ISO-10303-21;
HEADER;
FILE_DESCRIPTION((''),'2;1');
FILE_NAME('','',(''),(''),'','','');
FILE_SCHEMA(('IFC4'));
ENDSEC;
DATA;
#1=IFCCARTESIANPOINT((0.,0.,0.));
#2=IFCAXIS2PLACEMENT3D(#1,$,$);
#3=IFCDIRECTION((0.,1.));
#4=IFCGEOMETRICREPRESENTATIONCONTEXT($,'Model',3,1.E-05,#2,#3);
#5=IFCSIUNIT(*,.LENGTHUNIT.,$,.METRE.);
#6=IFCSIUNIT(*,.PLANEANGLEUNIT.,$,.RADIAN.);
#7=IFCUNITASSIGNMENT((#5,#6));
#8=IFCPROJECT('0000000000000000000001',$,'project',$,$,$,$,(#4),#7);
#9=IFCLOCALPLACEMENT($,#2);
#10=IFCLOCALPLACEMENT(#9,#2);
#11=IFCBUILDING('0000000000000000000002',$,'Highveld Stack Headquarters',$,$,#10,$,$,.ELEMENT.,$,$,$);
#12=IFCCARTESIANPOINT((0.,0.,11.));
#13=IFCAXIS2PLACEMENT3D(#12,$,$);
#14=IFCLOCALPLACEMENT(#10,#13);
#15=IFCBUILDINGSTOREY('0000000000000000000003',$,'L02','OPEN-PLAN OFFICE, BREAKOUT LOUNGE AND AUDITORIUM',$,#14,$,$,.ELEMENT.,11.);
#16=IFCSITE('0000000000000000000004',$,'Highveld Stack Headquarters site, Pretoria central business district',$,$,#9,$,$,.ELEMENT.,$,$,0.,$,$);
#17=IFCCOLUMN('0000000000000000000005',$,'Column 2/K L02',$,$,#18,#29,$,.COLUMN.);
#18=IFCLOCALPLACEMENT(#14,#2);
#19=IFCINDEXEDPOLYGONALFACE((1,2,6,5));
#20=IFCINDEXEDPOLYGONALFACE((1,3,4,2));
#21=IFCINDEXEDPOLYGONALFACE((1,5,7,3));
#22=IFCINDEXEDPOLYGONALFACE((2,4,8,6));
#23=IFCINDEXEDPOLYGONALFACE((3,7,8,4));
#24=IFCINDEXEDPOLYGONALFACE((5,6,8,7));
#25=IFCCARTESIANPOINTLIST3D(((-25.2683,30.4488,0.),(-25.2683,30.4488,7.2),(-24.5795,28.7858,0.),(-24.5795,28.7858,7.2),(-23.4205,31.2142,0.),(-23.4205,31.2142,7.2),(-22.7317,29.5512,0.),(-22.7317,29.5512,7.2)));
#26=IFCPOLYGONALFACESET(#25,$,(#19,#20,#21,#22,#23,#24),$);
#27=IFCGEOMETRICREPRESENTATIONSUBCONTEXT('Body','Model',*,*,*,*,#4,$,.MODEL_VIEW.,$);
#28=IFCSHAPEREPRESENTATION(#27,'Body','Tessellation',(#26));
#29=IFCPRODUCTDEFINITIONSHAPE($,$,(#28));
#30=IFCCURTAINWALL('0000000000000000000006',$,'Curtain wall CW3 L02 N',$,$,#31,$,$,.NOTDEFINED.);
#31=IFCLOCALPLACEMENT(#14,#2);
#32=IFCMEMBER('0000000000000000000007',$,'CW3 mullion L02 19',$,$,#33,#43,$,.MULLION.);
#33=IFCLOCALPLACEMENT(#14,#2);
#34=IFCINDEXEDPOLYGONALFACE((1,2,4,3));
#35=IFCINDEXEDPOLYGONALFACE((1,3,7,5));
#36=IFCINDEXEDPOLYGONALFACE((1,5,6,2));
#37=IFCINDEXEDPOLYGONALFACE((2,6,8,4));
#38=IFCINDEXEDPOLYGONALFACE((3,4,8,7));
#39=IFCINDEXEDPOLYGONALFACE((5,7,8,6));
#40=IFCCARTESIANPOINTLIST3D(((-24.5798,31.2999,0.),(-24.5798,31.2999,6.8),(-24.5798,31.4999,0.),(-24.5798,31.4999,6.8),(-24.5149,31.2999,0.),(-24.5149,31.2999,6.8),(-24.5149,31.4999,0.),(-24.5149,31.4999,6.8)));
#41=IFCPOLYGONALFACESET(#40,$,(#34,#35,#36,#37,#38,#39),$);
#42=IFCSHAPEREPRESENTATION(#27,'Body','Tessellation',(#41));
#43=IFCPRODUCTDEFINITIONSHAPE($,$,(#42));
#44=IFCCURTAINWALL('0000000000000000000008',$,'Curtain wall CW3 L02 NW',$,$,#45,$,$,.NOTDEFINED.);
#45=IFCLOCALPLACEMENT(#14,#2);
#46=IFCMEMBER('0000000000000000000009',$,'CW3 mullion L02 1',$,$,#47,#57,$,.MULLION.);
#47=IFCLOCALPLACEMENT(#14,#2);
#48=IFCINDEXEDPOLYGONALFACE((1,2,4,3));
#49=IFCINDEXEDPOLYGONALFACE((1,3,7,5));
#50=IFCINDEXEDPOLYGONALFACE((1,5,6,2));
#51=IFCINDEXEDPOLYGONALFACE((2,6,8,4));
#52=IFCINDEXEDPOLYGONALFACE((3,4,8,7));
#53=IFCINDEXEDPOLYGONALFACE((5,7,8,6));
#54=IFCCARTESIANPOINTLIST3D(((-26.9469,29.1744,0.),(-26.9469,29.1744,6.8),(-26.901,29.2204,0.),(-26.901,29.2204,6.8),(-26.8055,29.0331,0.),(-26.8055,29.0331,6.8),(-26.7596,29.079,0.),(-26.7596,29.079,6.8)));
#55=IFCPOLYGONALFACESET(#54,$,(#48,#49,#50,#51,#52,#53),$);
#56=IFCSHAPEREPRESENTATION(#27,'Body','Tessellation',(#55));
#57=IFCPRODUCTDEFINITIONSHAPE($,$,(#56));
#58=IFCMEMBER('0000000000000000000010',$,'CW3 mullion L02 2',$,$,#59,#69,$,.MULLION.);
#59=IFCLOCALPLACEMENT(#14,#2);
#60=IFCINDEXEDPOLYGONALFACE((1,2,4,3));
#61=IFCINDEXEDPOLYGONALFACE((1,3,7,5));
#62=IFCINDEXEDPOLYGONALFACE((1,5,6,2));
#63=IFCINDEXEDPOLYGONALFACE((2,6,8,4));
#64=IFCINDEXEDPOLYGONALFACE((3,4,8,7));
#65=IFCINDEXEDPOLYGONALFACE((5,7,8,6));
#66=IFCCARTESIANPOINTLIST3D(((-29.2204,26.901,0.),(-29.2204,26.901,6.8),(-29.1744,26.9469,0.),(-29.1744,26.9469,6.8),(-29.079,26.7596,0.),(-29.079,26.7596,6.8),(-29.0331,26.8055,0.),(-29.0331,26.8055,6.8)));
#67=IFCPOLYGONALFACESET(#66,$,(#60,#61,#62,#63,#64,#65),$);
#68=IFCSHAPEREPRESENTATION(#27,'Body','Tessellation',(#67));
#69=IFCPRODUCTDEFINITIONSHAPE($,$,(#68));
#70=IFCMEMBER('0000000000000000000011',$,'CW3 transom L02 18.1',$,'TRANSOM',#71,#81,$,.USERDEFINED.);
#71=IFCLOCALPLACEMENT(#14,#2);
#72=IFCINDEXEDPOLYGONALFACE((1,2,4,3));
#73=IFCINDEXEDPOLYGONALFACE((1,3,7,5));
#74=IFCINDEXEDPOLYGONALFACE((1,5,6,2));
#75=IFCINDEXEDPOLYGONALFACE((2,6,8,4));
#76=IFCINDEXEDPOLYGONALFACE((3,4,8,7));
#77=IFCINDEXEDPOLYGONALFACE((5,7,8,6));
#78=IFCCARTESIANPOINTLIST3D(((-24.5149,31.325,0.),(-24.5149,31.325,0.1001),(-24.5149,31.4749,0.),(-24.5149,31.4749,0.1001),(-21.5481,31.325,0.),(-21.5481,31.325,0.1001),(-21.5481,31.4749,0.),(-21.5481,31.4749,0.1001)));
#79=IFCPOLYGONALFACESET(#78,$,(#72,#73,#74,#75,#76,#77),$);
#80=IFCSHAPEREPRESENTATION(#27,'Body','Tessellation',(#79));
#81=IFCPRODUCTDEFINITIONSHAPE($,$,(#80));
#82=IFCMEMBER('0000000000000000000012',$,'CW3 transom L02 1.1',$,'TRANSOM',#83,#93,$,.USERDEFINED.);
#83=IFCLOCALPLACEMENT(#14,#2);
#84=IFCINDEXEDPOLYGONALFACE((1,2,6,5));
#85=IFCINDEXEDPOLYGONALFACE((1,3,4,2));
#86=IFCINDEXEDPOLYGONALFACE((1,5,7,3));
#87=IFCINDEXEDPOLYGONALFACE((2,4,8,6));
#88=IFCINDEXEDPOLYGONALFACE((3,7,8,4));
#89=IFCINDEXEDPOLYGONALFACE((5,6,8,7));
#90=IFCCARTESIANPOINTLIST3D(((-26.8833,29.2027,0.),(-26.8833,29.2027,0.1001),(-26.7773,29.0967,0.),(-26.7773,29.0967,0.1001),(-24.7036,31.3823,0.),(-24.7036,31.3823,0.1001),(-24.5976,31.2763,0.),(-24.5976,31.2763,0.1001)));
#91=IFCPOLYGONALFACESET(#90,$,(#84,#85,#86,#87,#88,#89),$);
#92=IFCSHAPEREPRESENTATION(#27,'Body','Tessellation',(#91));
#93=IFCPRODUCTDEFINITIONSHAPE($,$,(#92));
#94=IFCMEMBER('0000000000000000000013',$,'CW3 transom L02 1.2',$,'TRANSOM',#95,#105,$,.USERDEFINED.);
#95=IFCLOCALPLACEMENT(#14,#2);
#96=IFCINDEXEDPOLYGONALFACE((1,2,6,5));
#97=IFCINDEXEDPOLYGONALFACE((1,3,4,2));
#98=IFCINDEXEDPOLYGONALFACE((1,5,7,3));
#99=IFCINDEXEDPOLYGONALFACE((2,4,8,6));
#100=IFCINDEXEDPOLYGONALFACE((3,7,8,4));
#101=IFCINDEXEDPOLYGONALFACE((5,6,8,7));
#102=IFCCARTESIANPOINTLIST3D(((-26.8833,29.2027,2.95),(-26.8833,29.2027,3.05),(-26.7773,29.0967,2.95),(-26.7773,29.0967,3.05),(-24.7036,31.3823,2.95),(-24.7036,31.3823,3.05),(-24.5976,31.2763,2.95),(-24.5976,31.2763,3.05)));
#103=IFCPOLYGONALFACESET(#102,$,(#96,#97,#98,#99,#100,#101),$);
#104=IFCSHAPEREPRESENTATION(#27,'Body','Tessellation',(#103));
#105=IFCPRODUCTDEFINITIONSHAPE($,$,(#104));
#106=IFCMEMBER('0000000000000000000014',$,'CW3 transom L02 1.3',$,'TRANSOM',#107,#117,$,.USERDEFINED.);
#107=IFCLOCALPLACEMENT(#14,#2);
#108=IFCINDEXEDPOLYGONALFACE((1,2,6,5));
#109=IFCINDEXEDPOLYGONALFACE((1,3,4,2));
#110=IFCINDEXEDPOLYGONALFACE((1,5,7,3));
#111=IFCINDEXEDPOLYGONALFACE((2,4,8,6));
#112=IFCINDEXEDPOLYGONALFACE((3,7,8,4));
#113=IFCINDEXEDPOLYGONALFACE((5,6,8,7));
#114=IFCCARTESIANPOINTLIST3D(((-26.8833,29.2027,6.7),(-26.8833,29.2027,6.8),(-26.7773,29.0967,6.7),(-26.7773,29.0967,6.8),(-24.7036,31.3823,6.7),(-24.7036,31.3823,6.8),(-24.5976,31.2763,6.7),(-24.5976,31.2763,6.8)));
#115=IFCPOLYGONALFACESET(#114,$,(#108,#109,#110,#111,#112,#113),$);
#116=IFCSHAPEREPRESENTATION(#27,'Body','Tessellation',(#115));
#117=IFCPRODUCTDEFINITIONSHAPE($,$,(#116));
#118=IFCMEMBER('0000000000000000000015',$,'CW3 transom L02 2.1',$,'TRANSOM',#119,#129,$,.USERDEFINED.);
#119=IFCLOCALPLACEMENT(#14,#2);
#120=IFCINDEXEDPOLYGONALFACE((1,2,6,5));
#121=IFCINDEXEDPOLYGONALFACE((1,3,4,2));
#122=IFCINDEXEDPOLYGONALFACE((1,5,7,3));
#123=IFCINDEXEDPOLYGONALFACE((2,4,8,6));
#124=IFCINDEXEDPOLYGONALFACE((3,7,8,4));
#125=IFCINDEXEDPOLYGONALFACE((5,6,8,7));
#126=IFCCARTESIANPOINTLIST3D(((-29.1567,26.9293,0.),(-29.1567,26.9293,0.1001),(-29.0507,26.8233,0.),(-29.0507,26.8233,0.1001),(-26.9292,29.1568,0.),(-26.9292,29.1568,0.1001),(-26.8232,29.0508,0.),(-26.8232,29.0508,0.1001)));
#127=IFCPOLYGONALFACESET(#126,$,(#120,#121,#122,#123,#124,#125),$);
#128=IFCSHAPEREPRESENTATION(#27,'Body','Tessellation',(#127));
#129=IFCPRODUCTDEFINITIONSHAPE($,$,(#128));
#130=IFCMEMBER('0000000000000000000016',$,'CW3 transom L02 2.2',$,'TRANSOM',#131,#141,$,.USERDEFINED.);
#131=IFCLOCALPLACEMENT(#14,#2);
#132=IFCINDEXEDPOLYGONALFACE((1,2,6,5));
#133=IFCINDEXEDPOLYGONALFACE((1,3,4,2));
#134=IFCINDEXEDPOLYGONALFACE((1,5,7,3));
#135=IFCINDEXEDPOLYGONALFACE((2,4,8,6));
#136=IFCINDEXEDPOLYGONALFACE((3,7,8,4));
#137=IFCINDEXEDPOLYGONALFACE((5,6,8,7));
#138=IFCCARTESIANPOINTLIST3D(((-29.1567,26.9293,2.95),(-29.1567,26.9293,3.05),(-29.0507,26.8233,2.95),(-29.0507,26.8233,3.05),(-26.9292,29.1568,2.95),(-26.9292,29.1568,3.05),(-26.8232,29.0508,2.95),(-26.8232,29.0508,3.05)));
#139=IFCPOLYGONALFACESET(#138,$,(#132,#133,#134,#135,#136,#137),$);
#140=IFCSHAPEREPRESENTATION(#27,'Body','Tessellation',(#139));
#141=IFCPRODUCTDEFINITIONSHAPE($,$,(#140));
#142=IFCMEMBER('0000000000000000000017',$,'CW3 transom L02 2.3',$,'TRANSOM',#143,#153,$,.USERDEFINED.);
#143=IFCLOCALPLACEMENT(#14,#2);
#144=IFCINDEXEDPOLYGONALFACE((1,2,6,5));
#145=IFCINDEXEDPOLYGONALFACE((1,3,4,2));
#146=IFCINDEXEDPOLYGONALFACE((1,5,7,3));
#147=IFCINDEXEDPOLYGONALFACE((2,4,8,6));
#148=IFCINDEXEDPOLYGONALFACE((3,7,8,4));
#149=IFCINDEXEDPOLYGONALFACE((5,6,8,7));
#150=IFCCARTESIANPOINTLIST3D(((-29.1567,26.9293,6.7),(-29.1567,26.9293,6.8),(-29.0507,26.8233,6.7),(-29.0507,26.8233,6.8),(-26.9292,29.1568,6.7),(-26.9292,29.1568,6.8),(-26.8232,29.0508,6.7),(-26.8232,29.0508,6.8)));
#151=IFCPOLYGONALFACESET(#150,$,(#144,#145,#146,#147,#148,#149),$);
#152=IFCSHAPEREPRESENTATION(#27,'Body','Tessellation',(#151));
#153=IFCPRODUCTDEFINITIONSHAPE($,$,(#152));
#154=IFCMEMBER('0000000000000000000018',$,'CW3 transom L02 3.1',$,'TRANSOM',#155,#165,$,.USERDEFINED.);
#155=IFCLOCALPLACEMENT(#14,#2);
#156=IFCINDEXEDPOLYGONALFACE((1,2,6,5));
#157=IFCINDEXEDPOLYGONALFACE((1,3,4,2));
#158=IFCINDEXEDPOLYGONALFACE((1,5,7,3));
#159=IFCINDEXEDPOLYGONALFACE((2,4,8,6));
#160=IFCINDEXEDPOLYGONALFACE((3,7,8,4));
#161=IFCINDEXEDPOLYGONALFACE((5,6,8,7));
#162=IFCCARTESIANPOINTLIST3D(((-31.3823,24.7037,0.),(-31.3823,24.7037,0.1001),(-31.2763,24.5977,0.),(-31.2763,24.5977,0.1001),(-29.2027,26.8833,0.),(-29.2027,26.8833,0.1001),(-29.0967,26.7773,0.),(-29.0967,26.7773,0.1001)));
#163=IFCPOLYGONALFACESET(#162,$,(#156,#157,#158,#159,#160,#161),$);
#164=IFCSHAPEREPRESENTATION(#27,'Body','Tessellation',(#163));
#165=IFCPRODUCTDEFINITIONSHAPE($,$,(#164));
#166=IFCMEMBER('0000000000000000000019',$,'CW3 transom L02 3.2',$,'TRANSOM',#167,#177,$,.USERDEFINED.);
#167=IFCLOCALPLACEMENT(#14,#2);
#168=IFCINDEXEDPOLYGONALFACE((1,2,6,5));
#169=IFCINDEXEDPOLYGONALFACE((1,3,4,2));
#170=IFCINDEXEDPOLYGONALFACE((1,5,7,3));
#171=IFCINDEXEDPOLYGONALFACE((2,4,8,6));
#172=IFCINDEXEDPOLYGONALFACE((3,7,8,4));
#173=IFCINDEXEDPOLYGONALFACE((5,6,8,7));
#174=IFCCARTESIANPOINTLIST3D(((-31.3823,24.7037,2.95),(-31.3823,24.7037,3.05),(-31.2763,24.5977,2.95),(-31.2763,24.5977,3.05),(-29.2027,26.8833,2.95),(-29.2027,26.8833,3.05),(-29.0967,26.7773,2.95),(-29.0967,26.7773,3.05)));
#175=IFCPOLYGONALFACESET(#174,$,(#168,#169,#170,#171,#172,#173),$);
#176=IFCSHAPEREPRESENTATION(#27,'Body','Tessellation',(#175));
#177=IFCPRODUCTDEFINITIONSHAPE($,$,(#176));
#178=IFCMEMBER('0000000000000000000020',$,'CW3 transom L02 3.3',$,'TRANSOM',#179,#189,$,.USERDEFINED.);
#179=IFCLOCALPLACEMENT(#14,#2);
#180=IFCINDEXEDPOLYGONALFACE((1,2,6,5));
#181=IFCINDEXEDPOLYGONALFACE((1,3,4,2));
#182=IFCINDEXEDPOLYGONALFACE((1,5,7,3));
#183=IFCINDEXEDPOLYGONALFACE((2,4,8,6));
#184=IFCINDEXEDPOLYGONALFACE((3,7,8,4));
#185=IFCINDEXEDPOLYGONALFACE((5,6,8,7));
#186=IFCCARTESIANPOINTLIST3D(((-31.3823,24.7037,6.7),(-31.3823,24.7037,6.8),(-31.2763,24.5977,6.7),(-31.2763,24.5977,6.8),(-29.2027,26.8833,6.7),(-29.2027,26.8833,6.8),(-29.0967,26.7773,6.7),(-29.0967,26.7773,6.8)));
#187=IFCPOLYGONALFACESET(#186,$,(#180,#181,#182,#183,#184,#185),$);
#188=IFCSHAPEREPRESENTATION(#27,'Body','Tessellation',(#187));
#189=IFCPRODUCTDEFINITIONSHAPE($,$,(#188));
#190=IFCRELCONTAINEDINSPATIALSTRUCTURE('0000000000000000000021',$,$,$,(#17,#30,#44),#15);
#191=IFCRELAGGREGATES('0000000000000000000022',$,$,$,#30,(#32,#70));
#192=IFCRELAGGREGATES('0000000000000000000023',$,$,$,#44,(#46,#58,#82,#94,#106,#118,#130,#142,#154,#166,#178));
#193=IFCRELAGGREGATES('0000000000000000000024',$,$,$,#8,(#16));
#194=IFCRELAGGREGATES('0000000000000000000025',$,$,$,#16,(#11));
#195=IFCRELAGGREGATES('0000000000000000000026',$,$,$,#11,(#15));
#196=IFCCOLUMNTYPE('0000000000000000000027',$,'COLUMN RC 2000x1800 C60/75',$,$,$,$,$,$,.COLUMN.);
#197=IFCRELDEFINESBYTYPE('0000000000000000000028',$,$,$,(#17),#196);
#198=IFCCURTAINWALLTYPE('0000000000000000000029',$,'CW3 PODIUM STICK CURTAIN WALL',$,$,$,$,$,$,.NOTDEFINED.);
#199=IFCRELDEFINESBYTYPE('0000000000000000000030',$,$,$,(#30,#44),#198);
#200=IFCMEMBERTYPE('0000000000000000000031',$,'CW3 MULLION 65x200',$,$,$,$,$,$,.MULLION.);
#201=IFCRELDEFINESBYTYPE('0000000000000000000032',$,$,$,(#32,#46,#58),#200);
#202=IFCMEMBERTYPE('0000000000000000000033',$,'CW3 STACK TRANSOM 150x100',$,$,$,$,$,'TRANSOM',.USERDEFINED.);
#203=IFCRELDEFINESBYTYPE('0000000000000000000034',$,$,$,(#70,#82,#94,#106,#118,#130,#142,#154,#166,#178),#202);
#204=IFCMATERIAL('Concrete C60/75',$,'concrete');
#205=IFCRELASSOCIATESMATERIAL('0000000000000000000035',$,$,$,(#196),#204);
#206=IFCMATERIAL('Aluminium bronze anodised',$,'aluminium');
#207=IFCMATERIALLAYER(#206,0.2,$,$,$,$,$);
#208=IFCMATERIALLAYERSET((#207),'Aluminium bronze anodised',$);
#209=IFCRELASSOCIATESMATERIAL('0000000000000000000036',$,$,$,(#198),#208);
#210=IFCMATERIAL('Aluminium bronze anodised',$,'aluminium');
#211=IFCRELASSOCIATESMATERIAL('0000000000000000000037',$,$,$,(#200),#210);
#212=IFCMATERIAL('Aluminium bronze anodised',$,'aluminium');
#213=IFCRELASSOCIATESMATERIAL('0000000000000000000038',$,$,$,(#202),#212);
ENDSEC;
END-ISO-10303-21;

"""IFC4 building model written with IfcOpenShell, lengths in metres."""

from ifc_helpers import new_model, si_unit, direction, frame, origin, origin_2d, place, context, subcontext, project, spatial, rectangle, extrude, material, layer, layer_set, material_profile, profile_set, type_object, element, aggregate, save


model = new_model("IFC4")

# Units and contexts
model_context = context("Model", 3, precision=1e-05, world=origin(), true_north=direction((0.0, 1.0)))
body_context = subcontext(model_context, "Body", "Model", "MODEL_VIEW")
ifc_project = project(units=[si_unit("LENGTHUNIT", "METRE"), si_unit("PLANEANGLEUNIT", "RADIAN")], contexts=[model_context])

# Site, building, storey
site_placement = place(None, origin())
site = spatial("IfcSite", under=ifc_project, at=site_placement, Name="Highveld Stack Headquarters site, Pretoria central business district", CompositionType="ELEMENT", RefElevation=0.0)
building_placement = place(site_placement, origin())
building = spatial("IfcBuilding", under=site, at=building_placement, Name="Highveld Stack Headquarters", CompositionType="ELEMENT")
storey_placement = place(building_placement, frame((0.0, 0.0, 11.0)))
storey = spatial("IfcBuildingStorey", under=building, at=storey_placement, Name="L02", Description="OPEN-PLAN OFFICE, BREAKOUT LOUNGE AND AUDITORIUM", CompositionType="ELEMENT", Elevation=11.0)

# Column
ifc_material_1 = material(Name="Concrete C60/75", Category="concrete")
ifc_material_profile_1 = material_profile(ifc_material_1, rectangle(XDim=2.0, YDim=1.8, at=origin_2d()), Name="RC 2000x1800")
ifc_profile_set_1 = profile_set([ifc_material_profile_1], Name="Concrete C60/75")
column_type = type_object("IfcColumnType", Name="COLUMN RC 2000x1800 C60/75", PredefinedType="COLUMN", material=ifc_profile_set_1)
column_placement = place(storey_placement, frame((-24.0, 30.0, 0.0), z_axis=(0.0, 0.0, 1.0), x_axis=(0.92388, 0.382683, 0.0)))
element("IfcColumn", 1, at=column_placement, inside=storey, type_object=column_type, Name="Column 2/K L02", PredefinedType="COLUMN", context=body_context, shape_type="SweptSolid", body=[
    extrude(rectangle(XDim=2.0, YDim=1.8, at=origin_2d()), origin(), (0.0, 0.0, 1.0), 7.2),
])

# Curtain wall, member
ifc_material_2 = material(Name="Aluminium bronze anodised", Category="aluminium")
ifc_layer_1 = layer(ifc_material_2, 0.2)
ifc_layer_set_1 = layer_set([ifc_layer_1], Name="Aluminium bronze anodised")
curtain_wall_type = type_object("IfcCurtainWallType", Name="CW3 PODIUM STICK CURTAIN WALL", PredefinedType="NOTDEFINED", material=ifc_layer_set_1)
curtain_wall_1_placement = place(storey_placement, origin())
curtain_wall_1 = element("IfcCurtainWall", 2, at=curtain_wall_1_placement, inside=storey, type_object=curtain_wall_type, Name="Curtain wall CW3 L02 N", PredefinedType="NOTDEFINED")
ifc_material_3 = material(Name="Aluminium bronze anodised", Category="aluminium")
ifc_material_profile_2 = material_profile(ifc_material_3, rectangle(XDim=0.2, YDim=0.0649, at=origin_2d()), Name="CW3 MULLION 65x200")
ifc_profile_set_2 = profile_set([ifc_material_profile_2], Name="Aluminium bronze anodised")
member_type_1 = type_object("IfcMemberType", Name="CW3 MULLION 65x200", PredefinedType="MULLION", material=ifc_profile_set_2)
member_1_placement = place(storey_placement, frame((-24.5474, 31.3999, 0.0), z_axis=(0.0, 0.0, 1.0), x_axis=(0.0, -1.0, 0.0)))
member_1 = element("IfcMember", 3, at=member_1_placement, type_object=member_type_1, Name="CW3 mullion L02 19", PredefinedType="MULLION", context=body_context, shape_type="SweptSolid", body=[
    extrude(rectangle(XDim=0.2, YDim=0.0649, at=origin_2d()), origin(), (0.0, 0.0, 1.0), 6.8),
])

# Curtain wall, members
curtain_wall_2_placement = place(storey_placement, origin())
curtain_wall_2 = element("IfcCurtainWall", 4, at=curtain_wall_2_placement, inside=storey, type_object=curtain_wall_type, Name="Curtain wall CW3 L02 NW", PredefinedType="NOTDEFINED")
member_2_placement = place(storey_placement, frame((-26.8533, 29.1267, 0.0), z_axis=(0.0, 0.0, 1.0), x_axis=(0.707107, -0.707107, 0.0)))
member_2 = element("IfcMember", 5, at=member_2_placement, type_object=member_type_1, Name="CW3 mullion L02 1", PredefinedType="MULLION", context=body_context, shape_type="SweptSolid", body=[
    extrude(rectangle(XDim=0.2, YDim=0.0649, at=origin_2d()), origin(), (0.0, 0.0, 1.0), 6.8),
])
member_3_placement = place(storey_placement, frame((-29.1267, 26.8533, 0.0), z_axis=(0.0, 0.0, 1.0), x_axis=(0.707107, -0.707107, 0.0)))
member_3 = element("IfcMember", 6, at=member_3_placement, type_object=member_type_1, Name="CW3 mullion L02 2", PredefinedType="MULLION", context=body_context, shape_type="SweptSolid", body=[
    extrude(rectangle(XDim=0.2, YDim=0.0649, at=origin_2d()), origin(), (0.0, 0.0, 1.0), 6.8),
])

# Members
ifc_material_4 = material(Name="Aluminium bronze anodised", Category="aluminium")
ifc_material_profile_3 = material_profile(ifc_material_4, rectangle(XDim=0.1499, YDim=0.1001, at=origin_2d()), Name="CW3 TRANSOM 150x100")
ifc_profile_set_3 = profile_set([ifc_material_profile_3], Name="Aluminium bronze anodised")
member_type_2 = type_object("IfcMemberType", Name="CW3 STACK TRANSOM 150x100", ElementType="TRANSOM", PredefinedType="USERDEFINED", material=ifc_profile_set_3)
member_4_placement = place(storey_placement, frame((-21.5481, 31.3999, 0.05), z_axis=(-1.0, 0.0, 0.0), x_axis=(0.0, -1.0, 0.0)))
member_4 = element("IfcMember", 7, at=member_4_placement, type_object=member_type_2, Name="CW3 transom L02 18.1", ObjectType="TRANSOM", PredefinedType="USERDEFINED", context=body_context, shape_type="SweptSolid", body=[
    extrude(rectangle(XDim=0.1499, YDim=0.1001, at=origin_2d()), origin(), (0.0, 0.0, 1.0), 2.9668),
])
member_5_placement = place(storey_placement, frame((-24.6506, 31.3293, 0.05), z_axis=(-0.707107, -0.707107, 0.0), x_axis=(0.707107, -0.707107, 0.0)))
member_5 = element("IfcMember", 8, at=member_5_placement, type_object=member_type_2, Name="CW3 transom L02 1.1", ObjectType="TRANSOM", PredefinedType="USERDEFINED", context=body_context, shape_type="SweptSolid", body=[
    extrude(rectangle(XDim=0.1499, YDim=0.1001, at=origin_2d()), origin(), (0.0, 0.0, 1.0), 3.0825),
])
member_6_placement = place(storey_placement, frame((-24.6506, 31.3293, 3.0), z_axis=(-0.707107, -0.707107, 0.0), x_axis=(0.707107, -0.707107, 0.0)))
member_6 = element("IfcMember", 9, at=member_6_placement, type_object=member_type_2, Name="CW3 transom L02 1.2", ObjectType="TRANSOM", PredefinedType="USERDEFINED", context=body_context, shape_type="SweptSolid", body=[
    extrude(rectangle(XDim=0.1499, YDim=0.1001, at=origin_2d()), origin(), (0.0, 0.0, 1.0), 3.0825),
])
member_7_placement = place(storey_placement, frame((-24.6506, 31.3293, 6.75), z_axis=(-0.707107, -0.707107, 0.0), x_axis=(0.707107, -0.707107, 0.0)))
member_7 = element("IfcMember", 10, at=member_7_placement, type_object=member_type_2, Name="CW3 transom L02 1.3", ObjectType="TRANSOM", PredefinedType="USERDEFINED", context=body_context, shape_type="SweptSolid", body=[
    extrude(rectangle(XDim=0.1499, YDim=0.1001, at=origin_2d()), origin(), (0.0, 0.0, 1.0), 3.0825),
])
member_8_placement = place(storey_placement, frame((-26.8762, 29.1038, 0.05), z_axis=(-0.707107, -0.707107, 0.0), x_axis=(0.707107, -0.707107, 0.0)))
member_8 = element("IfcMember", 11, at=member_8_placement, type_object=member_type_2, Name="CW3 transom L02 2.1", ObjectType="TRANSOM", PredefinedType="USERDEFINED", context=body_context, shape_type="SweptSolid", body=[
    extrude(rectangle(XDim=0.1499, YDim=0.1001, at=origin_2d()), origin(), (0.0, 0.0, 1.0), 3.1501),
])
member_9_placement = place(storey_placement, frame((-26.8762, 29.1038, 3.0), z_axis=(-0.707107, -0.707107, 0.0), x_axis=(0.707107, -0.707107, 0.0)))
member_9 = element("IfcMember", 12, at=member_9_placement, type_object=member_type_2, Name="CW3 transom L02 2.2", ObjectType="TRANSOM", PredefinedType="USERDEFINED", context=body_context, shape_type="SweptSolid", body=[
    extrude(rectangle(XDim=0.1499, YDim=0.1001, at=origin_2d()), origin(), (0.0, 0.0, 1.0), 3.1501),
])
member_10_placement = place(storey_placement, frame((-26.8762, 29.1038, 6.75), z_axis=(-0.707107, -0.707107, 0.0), x_axis=(0.707107, -0.707107, 0.0)))
member_10 = element("IfcMember", 13, at=member_10_placement, type_object=member_type_2, Name="CW3 transom L02 2.3", ObjectType="TRANSOM", PredefinedType="USERDEFINED", context=body_context, shape_type="SweptSolid", body=[
    extrude(rectangle(XDim=0.1499, YDim=0.1001, at=origin_2d()), origin(), (0.0, 0.0, 1.0), 3.1501),
])
member_11_placement = place(storey_placement, frame((-29.1497, 26.8303, 0.05), z_axis=(-0.707107, -0.707107, 0.0), x_axis=(0.707107, -0.707107, 0.0)))
member_11 = element("IfcMember", 14, at=member_11_placement, type_object=member_type_2, Name="CW3 transom L02 3.1", ObjectType="TRANSOM", PredefinedType="USERDEFINED", context=body_context, shape_type="SweptSolid", body=[
    extrude(rectangle(XDim=0.1499, YDim=0.1001, at=origin_2d()), origin(), (0.0, 0.0, 1.0), 3.0825),
])
member_12_placement = place(storey_placement, frame((-29.1497, 26.8303, 3.0), z_axis=(-0.707107, -0.707107, 0.0), x_axis=(0.707107, -0.707107, 0.0)))
member_12 = element("IfcMember", 15, at=member_12_placement, type_object=member_type_2, Name="CW3 transom L02 3.2", ObjectType="TRANSOM", PredefinedType="USERDEFINED", context=body_context, shape_type="SweptSolid", body=[
    extrude(rectangle(XDim=0.1499, YDim=0.1001, at=origin_2d()), origin(), (0.0, 0.0, 1.0), 3.0825),
])
member_13_placement = place(storey_placement, frame((-29.1497, 26.8303, 6.75), z_axis=(-0.707107, -0.707107, 0.0), x_axis=(0.707107, -0.707107, 0.0)))
member_13 = element("IfcMember", 16, at=member_13_placement, type_object=member_type_2, Name="CW3 transom L02 3.3", ObjectType="TRANSOM", PredefinedType="USERDEFINED", context=body_context, shape_type="SweptSolid", body=[
    extrude(rectangle(XDim=0.1499, YDim=0.1001, at=origin_2d()), origin(), (0.0, 0.0, 1.0), 3.0825),
])

aggregate(curtain_wall_1, [member_1, member_4])
aggregate(curtain_wall_2, [member_2, member_3, member_5, member_6, member_7, member_8, member_9, member_10, member_11, member_12, member_13])

save(model, "model.ifc")
